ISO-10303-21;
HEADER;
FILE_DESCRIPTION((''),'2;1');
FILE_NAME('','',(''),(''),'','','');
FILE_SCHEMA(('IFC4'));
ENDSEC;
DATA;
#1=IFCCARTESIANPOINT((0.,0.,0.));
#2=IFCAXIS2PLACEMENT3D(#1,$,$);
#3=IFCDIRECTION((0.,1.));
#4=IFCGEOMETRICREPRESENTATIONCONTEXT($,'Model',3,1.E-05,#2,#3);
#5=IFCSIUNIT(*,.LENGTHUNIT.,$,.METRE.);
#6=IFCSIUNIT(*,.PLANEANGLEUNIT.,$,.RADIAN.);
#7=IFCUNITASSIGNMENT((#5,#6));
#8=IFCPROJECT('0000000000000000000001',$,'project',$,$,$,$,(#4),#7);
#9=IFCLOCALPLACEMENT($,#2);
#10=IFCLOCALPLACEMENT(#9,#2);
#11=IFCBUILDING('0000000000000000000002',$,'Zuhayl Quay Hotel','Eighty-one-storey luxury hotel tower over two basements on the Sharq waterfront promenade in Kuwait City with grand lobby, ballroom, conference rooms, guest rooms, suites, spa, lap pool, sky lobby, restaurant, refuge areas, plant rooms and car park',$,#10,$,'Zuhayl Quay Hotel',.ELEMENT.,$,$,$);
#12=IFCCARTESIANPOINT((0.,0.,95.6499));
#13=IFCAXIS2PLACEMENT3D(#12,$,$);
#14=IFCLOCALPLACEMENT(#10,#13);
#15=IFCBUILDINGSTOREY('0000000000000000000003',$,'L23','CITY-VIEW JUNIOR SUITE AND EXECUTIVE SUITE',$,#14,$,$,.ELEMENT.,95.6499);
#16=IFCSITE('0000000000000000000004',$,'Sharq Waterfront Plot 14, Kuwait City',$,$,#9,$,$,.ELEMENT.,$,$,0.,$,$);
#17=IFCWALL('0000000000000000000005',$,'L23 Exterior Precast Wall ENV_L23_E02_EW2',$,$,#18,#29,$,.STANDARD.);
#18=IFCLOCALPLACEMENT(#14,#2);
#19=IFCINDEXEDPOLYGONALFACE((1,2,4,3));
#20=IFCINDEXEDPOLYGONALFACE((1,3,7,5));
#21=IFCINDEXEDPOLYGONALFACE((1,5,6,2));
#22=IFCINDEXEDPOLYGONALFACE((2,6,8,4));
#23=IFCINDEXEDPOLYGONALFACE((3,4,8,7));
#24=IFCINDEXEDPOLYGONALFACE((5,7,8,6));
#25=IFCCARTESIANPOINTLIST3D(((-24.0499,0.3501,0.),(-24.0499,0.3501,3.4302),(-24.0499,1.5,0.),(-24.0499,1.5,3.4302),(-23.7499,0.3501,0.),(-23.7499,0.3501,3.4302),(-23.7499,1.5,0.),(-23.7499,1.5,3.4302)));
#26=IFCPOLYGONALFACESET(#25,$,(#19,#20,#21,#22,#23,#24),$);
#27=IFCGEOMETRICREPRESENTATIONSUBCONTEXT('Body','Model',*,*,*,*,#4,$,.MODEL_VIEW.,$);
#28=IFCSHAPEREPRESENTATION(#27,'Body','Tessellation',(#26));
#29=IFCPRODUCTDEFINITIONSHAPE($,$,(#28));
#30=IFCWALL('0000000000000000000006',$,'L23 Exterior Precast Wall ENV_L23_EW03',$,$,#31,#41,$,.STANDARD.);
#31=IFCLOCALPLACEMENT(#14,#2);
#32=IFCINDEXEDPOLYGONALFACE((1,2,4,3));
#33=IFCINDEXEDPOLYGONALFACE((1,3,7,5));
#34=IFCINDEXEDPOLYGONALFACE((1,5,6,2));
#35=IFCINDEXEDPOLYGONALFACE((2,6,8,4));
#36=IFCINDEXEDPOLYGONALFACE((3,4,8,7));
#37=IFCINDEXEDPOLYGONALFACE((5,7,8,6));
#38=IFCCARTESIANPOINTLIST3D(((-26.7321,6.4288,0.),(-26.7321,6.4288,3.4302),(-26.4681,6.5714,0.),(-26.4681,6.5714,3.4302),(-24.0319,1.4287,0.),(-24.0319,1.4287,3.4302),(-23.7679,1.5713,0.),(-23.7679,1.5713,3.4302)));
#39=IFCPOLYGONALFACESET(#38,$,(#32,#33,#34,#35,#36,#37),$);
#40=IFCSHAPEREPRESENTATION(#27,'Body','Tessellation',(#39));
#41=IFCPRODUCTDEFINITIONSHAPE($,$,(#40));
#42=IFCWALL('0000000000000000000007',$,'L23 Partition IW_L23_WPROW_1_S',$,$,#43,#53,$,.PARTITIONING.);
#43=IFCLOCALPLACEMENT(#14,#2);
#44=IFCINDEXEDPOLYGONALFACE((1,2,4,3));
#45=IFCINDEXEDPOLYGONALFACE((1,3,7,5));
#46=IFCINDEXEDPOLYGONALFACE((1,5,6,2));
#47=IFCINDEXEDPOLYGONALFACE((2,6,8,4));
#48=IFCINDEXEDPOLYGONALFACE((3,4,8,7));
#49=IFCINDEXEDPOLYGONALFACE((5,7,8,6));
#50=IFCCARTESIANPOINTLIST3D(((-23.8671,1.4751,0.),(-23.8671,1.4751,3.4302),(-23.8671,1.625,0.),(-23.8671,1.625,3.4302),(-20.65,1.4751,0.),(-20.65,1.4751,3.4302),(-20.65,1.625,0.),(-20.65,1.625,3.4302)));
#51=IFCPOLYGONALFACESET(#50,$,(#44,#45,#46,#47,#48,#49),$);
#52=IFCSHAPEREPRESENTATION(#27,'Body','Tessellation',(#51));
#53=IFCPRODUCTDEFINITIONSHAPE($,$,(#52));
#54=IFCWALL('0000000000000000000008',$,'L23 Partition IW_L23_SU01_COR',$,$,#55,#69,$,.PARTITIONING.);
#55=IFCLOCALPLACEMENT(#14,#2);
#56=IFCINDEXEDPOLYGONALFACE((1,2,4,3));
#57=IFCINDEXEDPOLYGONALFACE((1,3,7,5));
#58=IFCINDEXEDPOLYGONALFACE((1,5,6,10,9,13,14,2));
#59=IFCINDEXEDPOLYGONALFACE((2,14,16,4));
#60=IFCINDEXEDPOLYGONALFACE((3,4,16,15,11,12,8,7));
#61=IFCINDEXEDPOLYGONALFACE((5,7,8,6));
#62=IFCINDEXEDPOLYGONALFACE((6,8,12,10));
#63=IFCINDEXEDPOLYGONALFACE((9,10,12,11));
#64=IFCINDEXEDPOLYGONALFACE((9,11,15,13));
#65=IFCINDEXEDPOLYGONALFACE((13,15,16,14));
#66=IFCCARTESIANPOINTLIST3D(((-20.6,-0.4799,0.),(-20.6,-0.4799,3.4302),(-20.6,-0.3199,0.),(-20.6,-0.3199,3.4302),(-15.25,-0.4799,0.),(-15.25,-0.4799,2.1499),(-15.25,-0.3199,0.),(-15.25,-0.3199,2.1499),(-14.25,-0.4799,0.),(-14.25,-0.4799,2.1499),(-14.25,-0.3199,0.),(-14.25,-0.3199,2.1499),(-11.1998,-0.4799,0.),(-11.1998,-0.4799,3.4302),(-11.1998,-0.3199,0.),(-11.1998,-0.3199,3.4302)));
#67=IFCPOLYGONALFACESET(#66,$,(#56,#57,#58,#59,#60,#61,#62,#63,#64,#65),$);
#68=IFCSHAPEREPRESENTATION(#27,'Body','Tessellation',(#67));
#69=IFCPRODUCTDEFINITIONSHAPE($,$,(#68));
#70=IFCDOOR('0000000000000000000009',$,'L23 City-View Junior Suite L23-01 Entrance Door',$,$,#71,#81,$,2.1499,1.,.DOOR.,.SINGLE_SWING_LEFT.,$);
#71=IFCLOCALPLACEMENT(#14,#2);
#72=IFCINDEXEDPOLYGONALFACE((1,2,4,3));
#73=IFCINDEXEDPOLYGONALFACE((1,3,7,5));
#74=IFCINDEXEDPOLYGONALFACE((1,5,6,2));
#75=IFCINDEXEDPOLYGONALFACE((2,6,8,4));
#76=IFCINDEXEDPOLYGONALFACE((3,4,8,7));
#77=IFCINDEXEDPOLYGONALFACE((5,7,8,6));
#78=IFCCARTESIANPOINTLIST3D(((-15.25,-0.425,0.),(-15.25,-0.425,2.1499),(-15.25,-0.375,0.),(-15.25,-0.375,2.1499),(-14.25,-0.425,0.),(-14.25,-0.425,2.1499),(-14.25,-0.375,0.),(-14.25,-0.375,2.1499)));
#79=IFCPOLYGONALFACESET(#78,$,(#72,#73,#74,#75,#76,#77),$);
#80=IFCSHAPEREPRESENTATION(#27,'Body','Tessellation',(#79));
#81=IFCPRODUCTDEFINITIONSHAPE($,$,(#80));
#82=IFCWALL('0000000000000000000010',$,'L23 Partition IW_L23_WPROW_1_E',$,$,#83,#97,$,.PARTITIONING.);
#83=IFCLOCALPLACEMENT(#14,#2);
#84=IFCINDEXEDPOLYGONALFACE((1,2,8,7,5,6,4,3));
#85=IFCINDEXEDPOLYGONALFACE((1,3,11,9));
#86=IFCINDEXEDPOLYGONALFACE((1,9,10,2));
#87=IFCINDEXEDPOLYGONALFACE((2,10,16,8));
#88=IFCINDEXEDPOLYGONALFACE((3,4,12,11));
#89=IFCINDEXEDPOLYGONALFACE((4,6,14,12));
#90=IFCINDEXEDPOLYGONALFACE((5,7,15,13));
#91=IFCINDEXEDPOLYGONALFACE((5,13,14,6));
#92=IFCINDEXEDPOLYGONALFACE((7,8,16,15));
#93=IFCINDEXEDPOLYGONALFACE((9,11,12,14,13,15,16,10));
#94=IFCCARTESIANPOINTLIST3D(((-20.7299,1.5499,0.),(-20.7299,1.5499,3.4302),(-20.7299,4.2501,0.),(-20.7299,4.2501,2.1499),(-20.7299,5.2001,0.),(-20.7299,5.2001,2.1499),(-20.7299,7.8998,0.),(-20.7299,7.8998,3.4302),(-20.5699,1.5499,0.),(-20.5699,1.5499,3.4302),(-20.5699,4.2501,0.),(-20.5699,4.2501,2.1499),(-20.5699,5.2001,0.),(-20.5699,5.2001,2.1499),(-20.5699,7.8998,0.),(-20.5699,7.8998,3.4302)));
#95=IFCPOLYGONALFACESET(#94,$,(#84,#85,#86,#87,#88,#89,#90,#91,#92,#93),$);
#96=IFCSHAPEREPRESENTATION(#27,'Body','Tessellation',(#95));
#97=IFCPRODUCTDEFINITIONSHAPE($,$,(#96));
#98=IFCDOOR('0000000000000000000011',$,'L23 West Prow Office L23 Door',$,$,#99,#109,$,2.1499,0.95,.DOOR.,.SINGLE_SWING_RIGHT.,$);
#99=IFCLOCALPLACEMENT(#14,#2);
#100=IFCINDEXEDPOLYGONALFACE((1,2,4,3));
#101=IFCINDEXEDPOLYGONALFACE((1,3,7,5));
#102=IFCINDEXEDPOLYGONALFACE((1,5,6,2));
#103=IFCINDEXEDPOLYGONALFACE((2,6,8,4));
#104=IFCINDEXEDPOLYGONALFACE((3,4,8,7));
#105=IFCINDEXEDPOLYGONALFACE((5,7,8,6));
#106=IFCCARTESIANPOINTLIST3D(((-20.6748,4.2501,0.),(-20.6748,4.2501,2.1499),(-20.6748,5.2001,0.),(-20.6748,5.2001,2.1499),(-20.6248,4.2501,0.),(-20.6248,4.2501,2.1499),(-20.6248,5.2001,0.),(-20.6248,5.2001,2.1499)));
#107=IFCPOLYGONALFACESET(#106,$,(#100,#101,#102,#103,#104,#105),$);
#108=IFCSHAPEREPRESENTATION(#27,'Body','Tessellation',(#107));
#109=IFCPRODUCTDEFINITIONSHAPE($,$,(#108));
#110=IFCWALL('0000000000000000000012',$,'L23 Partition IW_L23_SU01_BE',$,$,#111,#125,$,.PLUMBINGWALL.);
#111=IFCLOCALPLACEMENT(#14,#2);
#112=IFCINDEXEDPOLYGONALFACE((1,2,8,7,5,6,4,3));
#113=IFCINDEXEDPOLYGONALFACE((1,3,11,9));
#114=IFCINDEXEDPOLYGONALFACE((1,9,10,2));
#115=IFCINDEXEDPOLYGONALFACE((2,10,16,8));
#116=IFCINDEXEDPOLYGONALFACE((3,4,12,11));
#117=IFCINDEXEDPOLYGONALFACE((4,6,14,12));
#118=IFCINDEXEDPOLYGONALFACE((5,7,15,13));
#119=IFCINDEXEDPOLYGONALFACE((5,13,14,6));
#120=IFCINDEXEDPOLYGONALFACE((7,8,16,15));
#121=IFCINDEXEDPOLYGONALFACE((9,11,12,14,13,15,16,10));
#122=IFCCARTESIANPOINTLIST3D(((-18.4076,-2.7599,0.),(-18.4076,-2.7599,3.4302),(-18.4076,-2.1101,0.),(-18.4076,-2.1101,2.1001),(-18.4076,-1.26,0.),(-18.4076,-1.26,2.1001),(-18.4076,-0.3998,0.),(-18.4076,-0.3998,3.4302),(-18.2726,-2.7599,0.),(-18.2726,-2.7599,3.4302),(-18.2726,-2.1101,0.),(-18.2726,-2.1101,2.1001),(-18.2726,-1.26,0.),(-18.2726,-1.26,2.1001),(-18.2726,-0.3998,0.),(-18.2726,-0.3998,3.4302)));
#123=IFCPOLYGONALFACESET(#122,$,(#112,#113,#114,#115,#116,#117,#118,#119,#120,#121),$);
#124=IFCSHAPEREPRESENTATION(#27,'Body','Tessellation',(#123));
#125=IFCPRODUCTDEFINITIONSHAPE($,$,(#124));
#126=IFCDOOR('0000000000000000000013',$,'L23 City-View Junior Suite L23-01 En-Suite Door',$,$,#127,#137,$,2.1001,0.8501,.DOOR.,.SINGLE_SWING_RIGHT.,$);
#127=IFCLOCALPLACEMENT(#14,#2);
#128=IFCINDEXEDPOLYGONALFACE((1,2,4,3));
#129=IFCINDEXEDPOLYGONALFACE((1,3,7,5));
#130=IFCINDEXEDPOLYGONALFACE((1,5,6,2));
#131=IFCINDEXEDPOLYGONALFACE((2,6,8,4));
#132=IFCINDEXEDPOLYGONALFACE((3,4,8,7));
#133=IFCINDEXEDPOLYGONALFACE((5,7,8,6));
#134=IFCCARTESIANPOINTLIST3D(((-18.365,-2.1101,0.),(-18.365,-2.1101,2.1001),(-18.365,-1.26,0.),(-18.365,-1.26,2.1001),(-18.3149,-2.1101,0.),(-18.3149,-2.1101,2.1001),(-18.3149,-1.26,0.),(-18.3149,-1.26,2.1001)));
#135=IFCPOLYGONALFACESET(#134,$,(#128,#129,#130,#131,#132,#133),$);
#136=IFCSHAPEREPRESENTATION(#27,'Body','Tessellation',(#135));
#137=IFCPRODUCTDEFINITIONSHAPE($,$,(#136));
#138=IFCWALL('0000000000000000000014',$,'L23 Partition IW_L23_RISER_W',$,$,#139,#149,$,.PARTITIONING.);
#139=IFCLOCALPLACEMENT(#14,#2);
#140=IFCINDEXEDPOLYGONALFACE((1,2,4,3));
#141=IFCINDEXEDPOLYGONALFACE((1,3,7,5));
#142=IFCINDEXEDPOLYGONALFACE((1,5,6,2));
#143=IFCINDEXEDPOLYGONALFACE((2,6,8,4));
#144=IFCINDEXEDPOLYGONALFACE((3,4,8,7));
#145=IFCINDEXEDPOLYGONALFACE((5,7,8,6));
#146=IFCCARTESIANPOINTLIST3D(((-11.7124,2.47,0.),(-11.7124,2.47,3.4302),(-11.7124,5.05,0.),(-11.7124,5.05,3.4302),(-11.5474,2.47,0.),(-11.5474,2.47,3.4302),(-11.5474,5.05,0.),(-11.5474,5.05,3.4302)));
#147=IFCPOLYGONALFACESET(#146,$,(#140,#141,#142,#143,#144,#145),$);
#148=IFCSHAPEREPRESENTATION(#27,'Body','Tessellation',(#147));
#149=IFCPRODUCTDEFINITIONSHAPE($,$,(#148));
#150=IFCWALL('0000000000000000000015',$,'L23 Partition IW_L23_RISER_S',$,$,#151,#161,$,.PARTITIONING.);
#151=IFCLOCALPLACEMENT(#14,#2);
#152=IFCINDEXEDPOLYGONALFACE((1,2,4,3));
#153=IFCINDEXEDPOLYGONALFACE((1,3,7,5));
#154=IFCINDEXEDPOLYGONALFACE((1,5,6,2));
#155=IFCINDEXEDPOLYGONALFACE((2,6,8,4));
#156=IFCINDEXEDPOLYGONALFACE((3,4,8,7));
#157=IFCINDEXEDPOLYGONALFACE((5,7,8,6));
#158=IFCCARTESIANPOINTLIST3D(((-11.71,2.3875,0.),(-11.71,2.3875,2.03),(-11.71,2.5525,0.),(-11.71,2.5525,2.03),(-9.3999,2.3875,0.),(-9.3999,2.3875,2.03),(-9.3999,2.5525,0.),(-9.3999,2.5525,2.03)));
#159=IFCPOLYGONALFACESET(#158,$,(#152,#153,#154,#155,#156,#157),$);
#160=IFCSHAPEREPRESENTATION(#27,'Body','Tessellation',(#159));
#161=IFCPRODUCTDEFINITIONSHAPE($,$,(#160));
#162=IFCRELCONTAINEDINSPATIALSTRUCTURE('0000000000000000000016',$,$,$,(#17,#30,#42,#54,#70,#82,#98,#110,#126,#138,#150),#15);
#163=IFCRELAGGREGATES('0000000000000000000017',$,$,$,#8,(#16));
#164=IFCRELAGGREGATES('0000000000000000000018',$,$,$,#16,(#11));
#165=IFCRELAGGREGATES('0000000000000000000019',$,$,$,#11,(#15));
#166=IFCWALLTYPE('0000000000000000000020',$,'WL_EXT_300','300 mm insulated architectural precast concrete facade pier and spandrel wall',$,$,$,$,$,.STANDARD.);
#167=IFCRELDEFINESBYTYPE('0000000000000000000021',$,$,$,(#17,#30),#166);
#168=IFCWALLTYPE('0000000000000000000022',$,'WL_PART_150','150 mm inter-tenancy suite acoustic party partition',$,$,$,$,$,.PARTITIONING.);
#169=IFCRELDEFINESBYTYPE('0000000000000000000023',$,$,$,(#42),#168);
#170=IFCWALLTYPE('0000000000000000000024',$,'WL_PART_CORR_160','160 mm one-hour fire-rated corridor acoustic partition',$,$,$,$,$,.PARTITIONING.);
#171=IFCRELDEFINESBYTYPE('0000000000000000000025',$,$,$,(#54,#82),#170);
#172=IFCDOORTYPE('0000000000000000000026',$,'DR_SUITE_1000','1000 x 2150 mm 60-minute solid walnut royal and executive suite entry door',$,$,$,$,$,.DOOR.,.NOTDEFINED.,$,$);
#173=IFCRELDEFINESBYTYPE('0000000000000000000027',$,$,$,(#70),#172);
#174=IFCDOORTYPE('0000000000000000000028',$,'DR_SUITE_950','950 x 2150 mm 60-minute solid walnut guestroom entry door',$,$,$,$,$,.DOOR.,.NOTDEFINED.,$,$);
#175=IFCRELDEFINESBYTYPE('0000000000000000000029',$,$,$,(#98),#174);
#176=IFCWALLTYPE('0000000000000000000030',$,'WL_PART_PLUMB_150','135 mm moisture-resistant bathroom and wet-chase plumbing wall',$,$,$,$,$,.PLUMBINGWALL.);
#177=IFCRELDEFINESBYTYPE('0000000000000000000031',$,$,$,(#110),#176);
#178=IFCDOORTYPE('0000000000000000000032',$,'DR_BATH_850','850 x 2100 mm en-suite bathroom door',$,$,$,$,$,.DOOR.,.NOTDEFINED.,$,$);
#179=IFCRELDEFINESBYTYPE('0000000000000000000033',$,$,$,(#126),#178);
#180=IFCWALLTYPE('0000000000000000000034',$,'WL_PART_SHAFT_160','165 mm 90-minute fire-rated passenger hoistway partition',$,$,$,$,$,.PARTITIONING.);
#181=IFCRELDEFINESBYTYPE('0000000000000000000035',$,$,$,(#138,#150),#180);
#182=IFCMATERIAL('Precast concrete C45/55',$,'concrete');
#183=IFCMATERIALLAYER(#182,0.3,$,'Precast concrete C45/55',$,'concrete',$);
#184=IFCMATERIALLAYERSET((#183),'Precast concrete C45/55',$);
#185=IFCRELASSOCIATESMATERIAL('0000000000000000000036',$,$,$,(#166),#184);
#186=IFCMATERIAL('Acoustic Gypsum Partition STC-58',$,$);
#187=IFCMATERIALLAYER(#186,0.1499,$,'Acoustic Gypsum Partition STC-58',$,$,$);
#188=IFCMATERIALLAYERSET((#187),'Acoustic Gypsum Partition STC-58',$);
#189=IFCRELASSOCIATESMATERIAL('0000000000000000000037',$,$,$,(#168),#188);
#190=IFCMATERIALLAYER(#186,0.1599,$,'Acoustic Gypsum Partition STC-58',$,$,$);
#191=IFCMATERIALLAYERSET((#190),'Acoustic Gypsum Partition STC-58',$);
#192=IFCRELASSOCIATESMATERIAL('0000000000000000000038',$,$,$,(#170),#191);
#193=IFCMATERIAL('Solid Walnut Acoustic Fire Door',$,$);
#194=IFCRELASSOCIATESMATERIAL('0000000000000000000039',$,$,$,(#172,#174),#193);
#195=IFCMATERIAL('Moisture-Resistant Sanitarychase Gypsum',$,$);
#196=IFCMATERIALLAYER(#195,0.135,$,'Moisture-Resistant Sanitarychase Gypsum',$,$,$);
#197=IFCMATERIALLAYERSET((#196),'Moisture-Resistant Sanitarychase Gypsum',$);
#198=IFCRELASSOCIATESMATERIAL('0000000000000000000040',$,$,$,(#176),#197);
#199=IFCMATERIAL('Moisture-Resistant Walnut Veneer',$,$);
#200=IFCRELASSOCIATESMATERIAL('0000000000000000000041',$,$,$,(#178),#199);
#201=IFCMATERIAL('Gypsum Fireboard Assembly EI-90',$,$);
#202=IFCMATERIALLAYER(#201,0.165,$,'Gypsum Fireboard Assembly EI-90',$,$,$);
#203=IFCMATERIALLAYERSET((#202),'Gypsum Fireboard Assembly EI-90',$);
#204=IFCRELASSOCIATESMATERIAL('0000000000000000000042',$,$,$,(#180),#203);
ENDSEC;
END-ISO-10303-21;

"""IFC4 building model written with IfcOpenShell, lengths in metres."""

from ifc_helpers import new_model, si_unit, direction, frame, frame_2d, origin, place, context, subcontext, project, spatial, rectangle, extrude, material, layer, layer_set, type_object, element, fill, save


model = new_model("IFC4")

# Units and contexts
model_context = context("Model", 3, precision=1e-05, world=origin(), true_north=direction((0.0, 1.0)))
body_context = subcontext(model_context, "Body", "Model", "MODEL_VIEW")
ifc_project = project(units=[si_unit("LENGTHUNIT", "METRE"), si_unit("PLANEANGLEUNIT", "RADIAN")], contexts=[model_context])

# Site, building, storey
site_placement = place(None, origin())
site = spatial("IfcSite", under=ifc_project, at=site_placement, Name="Sharq Waterfront Plot 14, Kuwait City", CompositionType="ELEMENT", RefElevation=0.0)
building_placement = place(site_placement, origin())
building = spatial("IfcBuilding", under=site, at=building_placement, Name="Zuhayl Quay Hotel", Description="Eighty-one-storey luxury hotel tower over two basements on the Sharq waterfront promenade in Kuwait City with grand lobby, ballroom, conference rooms, guest rooms, suites, spa, lap pool, sky lobby, restaurant, refuge areas, plant rooms and car park", LongName="Zuhayl Quay Hotel", CompositionType="ELEMENT")
storey_placement = place(building_placement, frame((0.0, 0.0, 95.6499)))
storey = spatial("IfcBuildingStorey", under=building, at=storey_placement, Name="L23", Description="CITY-VIEW JUNIOR SUITE AND EXECUTIVE SUITE", CompositionType="ELEMENT", Elevation=95.6499)

# Walls
ifc_material_1 = material(Name="Precast concrete C45/55", Category="concrete")
ifc_layer_1 = layer(ifc_material_1, 0.3, Name="Precast concrete C45/55", Category="concrete")
ifc_layer_set_1 = layer_set([ifc_layer_1], Name="Precast concrete C45/55")
wall_type_1 = type_object("IfcWallType", Name="WL_EXT_300", Description="300 mm insulated architectural precast concrete facade pier and spandrel wall", PredefinedType="STANDARD", material=ifc_layer_set_1)
wall_1_placement = place(storey_placement, frame((-23.8999, 0.3501, 0.0), z_axis=(0.0, 0.0, 1.0), x_axis=(0.0, 1.0, 0.0)))
element("IfcWall", 1, at=wall_1_placement, inside=storey, type_object=wall_type_1, Name="L23 Exterior Precast Wall ENV_L23_E02_EW2", PredefinedType="STANDARD", context=body_context, shape_type="SweptSolid", body=[
    extrude(rectangle(XDim=1.1499, YDim=0.3, at=frame_2d((0.575, 0.0))), origin(), (0.0, 0.0, 1.0), 3.4302),
])
wall_2_placement = place(storey_placement, frame((-23.8999, 1.5, 0.0), z_axis=(0.0, 0.0, 1.0), x_axis=(-0.475176, 0.879891, 0.0)))
element("IfcWall", 2, at=wall_2_placement, inside=storey, type_object=wall_type_1, Name="L23 Exterior Precast Wall ENV_L23_EW03", PredefinedType="STANDARD", context=body_context, shape_type="SweptSolid", body=[
    extrude(rectangle(XDim=5.6826, YDim=0.3, at=frame_2d((2.8413, 0.0))), origin(), (0.0, 0.0, 1.0), 3.4302),
])
ifc_material_2 = material(Name="Acoustic Gypsum Partition STC-58")
ifc_layer_2 = layer(ifc_material_2, 0.1499, Name="Acoustic Gypsum Partition STC-58")
ifc_layer_set_2 = layer_set([ifc_layer_2], Name="Acoustic Gypsum Partition STC-58")
wall_type_2 = type_object("IfcWallType", Name="WL_PART_150", Description="150 mm inter-tenancy suite acoustic party partition", PredefinedType="PARTITIONING", material=ifc_layer_set_2)
wall_3_placement = place(storey_placement, frame((-23.8669, 1.55, 0.0), z_axis=(0.0, 0.0, 1.0), x_axis=(1.0, 0.0, 0.0)))
element("IfcWall", 3, at=wall_3_placement, inside=storey, type_object=wall_type_2, Name="L23 Partition IW_L23_WPROW_1_S", PredefinedType="PARTITIONING", context=body_context, shape_type="SweptSolid", body=[
    extrude(rectangle(XDim=3.217, YDim=0.1499, at=frame_2d((1.6084, 0.0))), origin(), (0.0, 0.0, 1.0), 3.4302),
])

# Walls, openings, doors
ifc_layer_3 = layer(ifc_material_2, 0.1599, Name="Acoustic Gypsum Partition STC-58")
ifc_layer_set_3 = layer_set([ifc_layer_3], Name="Acoustic Gypsum Partition STC-58")
wall_type_3 = type_object("IfcWallType", Name="WL_PART_CORR_160", Description="160 mm one-hour fire-rated corridor acoustic partition", PredefinedType="PARTITIONING", material=ifc_layer_set_3)
wall_4_placement = place(storey_placement, frame((-20.6001, -0.3999, 0.0), z_axis=(0.0, 0.0, 1.0), x_axis=(1.0, 0.0, 0.0)))
wall_4 = element("IfcWall", 4, at=wall_4_placement, inside=storey, type_object=wall_type_3, Name="L23 Partition IW_L23_SU01_COR", PredefinedType="PARTITIONING", context=body_context, shape_type="SweptSolid", body=[
    extrude(rectangle(XDim=9.4001, YDim=0.1599, at=frame_2d((4.7002, 0.0))), origin(), (0.0, 0.0, 1.0), 3.4302),
])
opening_1_placement = place(wall_4_placement, frame((5.3501, 0.0, 0.0)))
opening_1 = element("IfcOpeningElement", 5, at=opening_1_placement, cuts=wall_4, PredefinedType="OPENING", context=body_context, shape_type="SweptSolid", body=[
    extrude(rectangle(XDim=1.0, YDim=2.1499, at=frame_2d((0.5, 1.075))), frame((0.0, 0.0898, 0.0), z_axis=(0.0, -1.0, 0.0), x_axis=(1.0, 0.0, 0.0)), (0.0, 0.0, 1.0), 0.1799),
])
ifc_material_3 = material(Name="Solid Walnut Acoustic Fire Door")
door_type_1 = type_object("IfcDoorType", Name="DR_SUITE_1000", Description="1000 x 2150 mm 60-minute solid walnut royal and executive suite entry door", OperationType="NOTDEFINED", PredefinedType="DOOR", material=ifc_material_3)
door_1_placement = place(opening_1_placement, origin())
door_1 = element("IfcDoor", 6, at=door_1_placement, inside=storey, type_object=door_type_1, Name="L23 City-View Junior Suite L23-01 Entrance Door", OperationType="SINGLE_SWING_LEFT", OverallHeight=2.1499, OverallWidth=1.0, PredefinedType="DOOR", context=body_context, shape_type="SweptSolid", body=[
    extrude(rectangle(XDim=1.0, YDim=2.1499, at=frame_2d((0.5, 1.075))), frame((0.0, 0.0249, 0.0), z_axis=(0.0, -1.0, 0.0), x_axis=(1.0, 0.0, 0.0)), (0.0, 0.0, 1.0), 0.05),
])
fill(opening_1, door_1)
wall_5_placement = place(storey_placement, frame((-20.6499, 1.55, 0.0), z_axis=(0.0, 0.0, 1.0), x_axis=(0.0, 1.0, 0.0)))
wall_5 = element("IfcWall", 7, at=wall_5_placement, inside=storey, type_object=wall_type_3, Name="L23 Partition IW_L23_WPROW_1_E", PredefinedType="PARTITIONING", context=body_context, shape_type="SweptSolid", body=[
    extrude(rectangle(XDim=6.3499, YDim=0.1599, at=frame_2d((3.1748, 0.0))), origin(), (0.0, 0.0, 1.0), 3.4302),
])
opening_2_placement = place(wall_5_placement, frame((2.7, 0.0, 0.0)))
opening_2 = element("IfcOpeningElement", 8, at=opening_2_placement, cuts=wall_5, PredefinedType="OPENING", context=body_context, shape_type="SweptSolid", body=[
    extrude(rectangle(XDim=0.95, YDim=2.1499, at=frame_2d((0.4751, 1.075))), frame((0.0, 0.0898, 0.0), z_axis=(0.0, -1.0, 0.0), x_axis=(1.0, 0.0, 0.0)), (0.0, 0.0, 1.0), 0.1799),
])
door_type_2 = type_object("IfcDoorType", Name="DR_SUITE_950", Description="950 x 2150 mm 60-minute solid walnut guestroom entry door", OperationType="NOTDEFINED", PredefinedType="DOOR", material=ifc_material_3)
door_2_placement = place(opening_2_placement, origin())
door_2 = element("IfcDoor", 9, at=door_2_placement, inside=storey, type_object=door_type_2, Name="L23 West Prow Office L23 Door", OperationType="SINGLE_SWING_RIGHT", OverallHeight=2.1499, OverallWidth=0.95, PredefinedType="DOOR", context=body_context, shape_type="SweptSolid", body=[
    extrude(rectangle(XDim=0.95, YDim=2.1499, at=frame_2d((0.4751, 1.075))), frame((0.0, 0.0249, 0.0), z_axis=(0.0, -1.0, 0.0), x_axis=(1.0, 0.0, 0.0)), (0.0, 0.0, 1.0), 0.05),
])
fill(opening_2, door_2)
ifc_material_4 = material(Name="Moisture-Resistant Sanitarychase Gypsum")
ifc_layer_4 = layer(ifc_material_4, 0.135, Name="Moisture-Resistant Sanitarychase Gypsum")
ifc_layer_set_4 = layer_set([ifc_layer_4], Name="Moisture-Resistant Sanitarychase Gypsum")
wall_type_4 = type_object("IfcWallType", Name="WL_PART_PLUMB_150", Description="135 mm moisture-resistant bathroom and wet-chase plumbing wall", PredefinedType="PLUMBINGWALL", material=ifc_layer_set_4)
wall_6_placement = place(storey_placement, frame((-18.3401, -2.76, 0.0), z_axis=(0.0, 0.0, 1.0), x_axis=(0.0, 1.0, 0.0)))
wall_6 = element("IfcWall", 10, at=wall_6_placement, inside=storey, type_object=wall_type_4, Name="L23 Partition IW_L23_SU01_BE", PredefinedType="PLUMBINGWALL", context=body_context, shape_type="SweptSolid", body=[
    extrude(rectangle(XDim=2.3601, YDim=0.135, at=frame_2d((1.1802, 0.0))), origin(), (0.0, 0.0, 1.0), 3.4302),
])
opening_3_placement = place(wall_6_placement, frame((0.6499, 0.0, 0.0)))
opening_3 = element("IfcOpeningElement", 11, at=opening_3_placement, cuts=wall_6, PredefinedType="OPENING", context=body_context, shape_type="SweptSolid", body=[
    extrude(rectangle(XDim=0.8501, YDim=2.1001, at=frame_2d((0.425, 1.05))), frame((0.0, 0.0774, 0.0), z_axis=(0.0, -1.0, 0.0), x_axis=(1.0, 0.0, 0.0)), (0.0, 0.0, 1.0), 0.155),
])
ifc_material_5 = material(Name="Moisture-Resistant Walnut Veneer")
door_type_3 = type_object("IfcDoorType", Name="DR_BATH_850", Description="850 x 2100 mm en-suite bathroom door", OperationType="NOTDEFINED", PredefinedType="DOOR", material=ifc_material_5)
door_3_placement = place(opening_3_placement, origin())
door_3 = element("IfcDoor", 12, at=door_3_placement, inside=storey, type_object=door_type_3, Name="L23 City-View Junior Suite L23-01 En-Suite Door", OperationType="SINGLE_SWING_RIGHT", OverallHeight=2.1001, OverallWidth=0.8501, PredefinedType="DOOR", context=body_context, shape_type="SweptSolid", body=[
    extrude(rectangle(XDim=0.8501, YDim=2.1001, at=frame_2d((0.425, 1.05))), frame((0.0, 0.0249, 0.0), z_axis=(0.0, -1.0, 0.0), x_axis=(1.0, 0.0, 0.0)), (0.0, 0.0, 1.0), 0.05),
])
fill(opening_3, door_3)

# Walls
ifc_material_6 = material(Name="Gypsum Fireboard Assembly EI-90")
ifc_layer_5 = layer(ifc_material_6, 0.165, Name="Gypsum Fireboard Assembly EI-90")
ifc_layer_set_5 = layer_set([ifc_layer_5], Name="Gypsum Fireboard Assembly EI-90")
wall_type_5 = type_object("IfcWallType", Name="WL_PART_SHAFT_160", Description="165 mm 90-minute fire-rated passenger hoistway partition", PredefinedType="PARTITIONING", material=ifc_layer_set_5)
wall_7_placement = place(storey_placement, frame((-11.6299, 2.47, 0.0), z_axis=(0.0, 0.0, 1.0), x_axis=(0.0, 1.0, 0.0)))
element("IfcWall", 13, at=wall_7_placement, inside=storey, type_object=wall_type_5, Name="L23 Partition IW_L23_RISER_W", PredefinedType="PARTITIONING", context=body_context, shape_type="SweptSolid", body=[
    extrude(rectangle(XDim=2.5801, YDim=0.165, at=frame_2d((1.29, 0.0))), origin(), (0.0, 0.0, 1.0), 3.4302),
])
wall_8_placement = place(storey_placement, frame((-11.71, 2.47, 0.0), z_axis=(0.0, 0.0, 1.0), x_axis=(1.0, 0.0, 0.0)))
element("IfcWall", 14, at=wall_8_placement, inside=storey, type_object=wall_type_5, Name="L23 Partition IW_L23_RISER_S", PredefinedType="PARTITIONING", context=body_context, shape_type="SweptSolid", body=[
    extrude(rectangle(XDim=2.3101, YDim=0.165, at=frame_2d((1.155, 0.0))), origin(), (0.0, 0.0, 1.0), 2.03),
])

save(model, "model.ifc")
